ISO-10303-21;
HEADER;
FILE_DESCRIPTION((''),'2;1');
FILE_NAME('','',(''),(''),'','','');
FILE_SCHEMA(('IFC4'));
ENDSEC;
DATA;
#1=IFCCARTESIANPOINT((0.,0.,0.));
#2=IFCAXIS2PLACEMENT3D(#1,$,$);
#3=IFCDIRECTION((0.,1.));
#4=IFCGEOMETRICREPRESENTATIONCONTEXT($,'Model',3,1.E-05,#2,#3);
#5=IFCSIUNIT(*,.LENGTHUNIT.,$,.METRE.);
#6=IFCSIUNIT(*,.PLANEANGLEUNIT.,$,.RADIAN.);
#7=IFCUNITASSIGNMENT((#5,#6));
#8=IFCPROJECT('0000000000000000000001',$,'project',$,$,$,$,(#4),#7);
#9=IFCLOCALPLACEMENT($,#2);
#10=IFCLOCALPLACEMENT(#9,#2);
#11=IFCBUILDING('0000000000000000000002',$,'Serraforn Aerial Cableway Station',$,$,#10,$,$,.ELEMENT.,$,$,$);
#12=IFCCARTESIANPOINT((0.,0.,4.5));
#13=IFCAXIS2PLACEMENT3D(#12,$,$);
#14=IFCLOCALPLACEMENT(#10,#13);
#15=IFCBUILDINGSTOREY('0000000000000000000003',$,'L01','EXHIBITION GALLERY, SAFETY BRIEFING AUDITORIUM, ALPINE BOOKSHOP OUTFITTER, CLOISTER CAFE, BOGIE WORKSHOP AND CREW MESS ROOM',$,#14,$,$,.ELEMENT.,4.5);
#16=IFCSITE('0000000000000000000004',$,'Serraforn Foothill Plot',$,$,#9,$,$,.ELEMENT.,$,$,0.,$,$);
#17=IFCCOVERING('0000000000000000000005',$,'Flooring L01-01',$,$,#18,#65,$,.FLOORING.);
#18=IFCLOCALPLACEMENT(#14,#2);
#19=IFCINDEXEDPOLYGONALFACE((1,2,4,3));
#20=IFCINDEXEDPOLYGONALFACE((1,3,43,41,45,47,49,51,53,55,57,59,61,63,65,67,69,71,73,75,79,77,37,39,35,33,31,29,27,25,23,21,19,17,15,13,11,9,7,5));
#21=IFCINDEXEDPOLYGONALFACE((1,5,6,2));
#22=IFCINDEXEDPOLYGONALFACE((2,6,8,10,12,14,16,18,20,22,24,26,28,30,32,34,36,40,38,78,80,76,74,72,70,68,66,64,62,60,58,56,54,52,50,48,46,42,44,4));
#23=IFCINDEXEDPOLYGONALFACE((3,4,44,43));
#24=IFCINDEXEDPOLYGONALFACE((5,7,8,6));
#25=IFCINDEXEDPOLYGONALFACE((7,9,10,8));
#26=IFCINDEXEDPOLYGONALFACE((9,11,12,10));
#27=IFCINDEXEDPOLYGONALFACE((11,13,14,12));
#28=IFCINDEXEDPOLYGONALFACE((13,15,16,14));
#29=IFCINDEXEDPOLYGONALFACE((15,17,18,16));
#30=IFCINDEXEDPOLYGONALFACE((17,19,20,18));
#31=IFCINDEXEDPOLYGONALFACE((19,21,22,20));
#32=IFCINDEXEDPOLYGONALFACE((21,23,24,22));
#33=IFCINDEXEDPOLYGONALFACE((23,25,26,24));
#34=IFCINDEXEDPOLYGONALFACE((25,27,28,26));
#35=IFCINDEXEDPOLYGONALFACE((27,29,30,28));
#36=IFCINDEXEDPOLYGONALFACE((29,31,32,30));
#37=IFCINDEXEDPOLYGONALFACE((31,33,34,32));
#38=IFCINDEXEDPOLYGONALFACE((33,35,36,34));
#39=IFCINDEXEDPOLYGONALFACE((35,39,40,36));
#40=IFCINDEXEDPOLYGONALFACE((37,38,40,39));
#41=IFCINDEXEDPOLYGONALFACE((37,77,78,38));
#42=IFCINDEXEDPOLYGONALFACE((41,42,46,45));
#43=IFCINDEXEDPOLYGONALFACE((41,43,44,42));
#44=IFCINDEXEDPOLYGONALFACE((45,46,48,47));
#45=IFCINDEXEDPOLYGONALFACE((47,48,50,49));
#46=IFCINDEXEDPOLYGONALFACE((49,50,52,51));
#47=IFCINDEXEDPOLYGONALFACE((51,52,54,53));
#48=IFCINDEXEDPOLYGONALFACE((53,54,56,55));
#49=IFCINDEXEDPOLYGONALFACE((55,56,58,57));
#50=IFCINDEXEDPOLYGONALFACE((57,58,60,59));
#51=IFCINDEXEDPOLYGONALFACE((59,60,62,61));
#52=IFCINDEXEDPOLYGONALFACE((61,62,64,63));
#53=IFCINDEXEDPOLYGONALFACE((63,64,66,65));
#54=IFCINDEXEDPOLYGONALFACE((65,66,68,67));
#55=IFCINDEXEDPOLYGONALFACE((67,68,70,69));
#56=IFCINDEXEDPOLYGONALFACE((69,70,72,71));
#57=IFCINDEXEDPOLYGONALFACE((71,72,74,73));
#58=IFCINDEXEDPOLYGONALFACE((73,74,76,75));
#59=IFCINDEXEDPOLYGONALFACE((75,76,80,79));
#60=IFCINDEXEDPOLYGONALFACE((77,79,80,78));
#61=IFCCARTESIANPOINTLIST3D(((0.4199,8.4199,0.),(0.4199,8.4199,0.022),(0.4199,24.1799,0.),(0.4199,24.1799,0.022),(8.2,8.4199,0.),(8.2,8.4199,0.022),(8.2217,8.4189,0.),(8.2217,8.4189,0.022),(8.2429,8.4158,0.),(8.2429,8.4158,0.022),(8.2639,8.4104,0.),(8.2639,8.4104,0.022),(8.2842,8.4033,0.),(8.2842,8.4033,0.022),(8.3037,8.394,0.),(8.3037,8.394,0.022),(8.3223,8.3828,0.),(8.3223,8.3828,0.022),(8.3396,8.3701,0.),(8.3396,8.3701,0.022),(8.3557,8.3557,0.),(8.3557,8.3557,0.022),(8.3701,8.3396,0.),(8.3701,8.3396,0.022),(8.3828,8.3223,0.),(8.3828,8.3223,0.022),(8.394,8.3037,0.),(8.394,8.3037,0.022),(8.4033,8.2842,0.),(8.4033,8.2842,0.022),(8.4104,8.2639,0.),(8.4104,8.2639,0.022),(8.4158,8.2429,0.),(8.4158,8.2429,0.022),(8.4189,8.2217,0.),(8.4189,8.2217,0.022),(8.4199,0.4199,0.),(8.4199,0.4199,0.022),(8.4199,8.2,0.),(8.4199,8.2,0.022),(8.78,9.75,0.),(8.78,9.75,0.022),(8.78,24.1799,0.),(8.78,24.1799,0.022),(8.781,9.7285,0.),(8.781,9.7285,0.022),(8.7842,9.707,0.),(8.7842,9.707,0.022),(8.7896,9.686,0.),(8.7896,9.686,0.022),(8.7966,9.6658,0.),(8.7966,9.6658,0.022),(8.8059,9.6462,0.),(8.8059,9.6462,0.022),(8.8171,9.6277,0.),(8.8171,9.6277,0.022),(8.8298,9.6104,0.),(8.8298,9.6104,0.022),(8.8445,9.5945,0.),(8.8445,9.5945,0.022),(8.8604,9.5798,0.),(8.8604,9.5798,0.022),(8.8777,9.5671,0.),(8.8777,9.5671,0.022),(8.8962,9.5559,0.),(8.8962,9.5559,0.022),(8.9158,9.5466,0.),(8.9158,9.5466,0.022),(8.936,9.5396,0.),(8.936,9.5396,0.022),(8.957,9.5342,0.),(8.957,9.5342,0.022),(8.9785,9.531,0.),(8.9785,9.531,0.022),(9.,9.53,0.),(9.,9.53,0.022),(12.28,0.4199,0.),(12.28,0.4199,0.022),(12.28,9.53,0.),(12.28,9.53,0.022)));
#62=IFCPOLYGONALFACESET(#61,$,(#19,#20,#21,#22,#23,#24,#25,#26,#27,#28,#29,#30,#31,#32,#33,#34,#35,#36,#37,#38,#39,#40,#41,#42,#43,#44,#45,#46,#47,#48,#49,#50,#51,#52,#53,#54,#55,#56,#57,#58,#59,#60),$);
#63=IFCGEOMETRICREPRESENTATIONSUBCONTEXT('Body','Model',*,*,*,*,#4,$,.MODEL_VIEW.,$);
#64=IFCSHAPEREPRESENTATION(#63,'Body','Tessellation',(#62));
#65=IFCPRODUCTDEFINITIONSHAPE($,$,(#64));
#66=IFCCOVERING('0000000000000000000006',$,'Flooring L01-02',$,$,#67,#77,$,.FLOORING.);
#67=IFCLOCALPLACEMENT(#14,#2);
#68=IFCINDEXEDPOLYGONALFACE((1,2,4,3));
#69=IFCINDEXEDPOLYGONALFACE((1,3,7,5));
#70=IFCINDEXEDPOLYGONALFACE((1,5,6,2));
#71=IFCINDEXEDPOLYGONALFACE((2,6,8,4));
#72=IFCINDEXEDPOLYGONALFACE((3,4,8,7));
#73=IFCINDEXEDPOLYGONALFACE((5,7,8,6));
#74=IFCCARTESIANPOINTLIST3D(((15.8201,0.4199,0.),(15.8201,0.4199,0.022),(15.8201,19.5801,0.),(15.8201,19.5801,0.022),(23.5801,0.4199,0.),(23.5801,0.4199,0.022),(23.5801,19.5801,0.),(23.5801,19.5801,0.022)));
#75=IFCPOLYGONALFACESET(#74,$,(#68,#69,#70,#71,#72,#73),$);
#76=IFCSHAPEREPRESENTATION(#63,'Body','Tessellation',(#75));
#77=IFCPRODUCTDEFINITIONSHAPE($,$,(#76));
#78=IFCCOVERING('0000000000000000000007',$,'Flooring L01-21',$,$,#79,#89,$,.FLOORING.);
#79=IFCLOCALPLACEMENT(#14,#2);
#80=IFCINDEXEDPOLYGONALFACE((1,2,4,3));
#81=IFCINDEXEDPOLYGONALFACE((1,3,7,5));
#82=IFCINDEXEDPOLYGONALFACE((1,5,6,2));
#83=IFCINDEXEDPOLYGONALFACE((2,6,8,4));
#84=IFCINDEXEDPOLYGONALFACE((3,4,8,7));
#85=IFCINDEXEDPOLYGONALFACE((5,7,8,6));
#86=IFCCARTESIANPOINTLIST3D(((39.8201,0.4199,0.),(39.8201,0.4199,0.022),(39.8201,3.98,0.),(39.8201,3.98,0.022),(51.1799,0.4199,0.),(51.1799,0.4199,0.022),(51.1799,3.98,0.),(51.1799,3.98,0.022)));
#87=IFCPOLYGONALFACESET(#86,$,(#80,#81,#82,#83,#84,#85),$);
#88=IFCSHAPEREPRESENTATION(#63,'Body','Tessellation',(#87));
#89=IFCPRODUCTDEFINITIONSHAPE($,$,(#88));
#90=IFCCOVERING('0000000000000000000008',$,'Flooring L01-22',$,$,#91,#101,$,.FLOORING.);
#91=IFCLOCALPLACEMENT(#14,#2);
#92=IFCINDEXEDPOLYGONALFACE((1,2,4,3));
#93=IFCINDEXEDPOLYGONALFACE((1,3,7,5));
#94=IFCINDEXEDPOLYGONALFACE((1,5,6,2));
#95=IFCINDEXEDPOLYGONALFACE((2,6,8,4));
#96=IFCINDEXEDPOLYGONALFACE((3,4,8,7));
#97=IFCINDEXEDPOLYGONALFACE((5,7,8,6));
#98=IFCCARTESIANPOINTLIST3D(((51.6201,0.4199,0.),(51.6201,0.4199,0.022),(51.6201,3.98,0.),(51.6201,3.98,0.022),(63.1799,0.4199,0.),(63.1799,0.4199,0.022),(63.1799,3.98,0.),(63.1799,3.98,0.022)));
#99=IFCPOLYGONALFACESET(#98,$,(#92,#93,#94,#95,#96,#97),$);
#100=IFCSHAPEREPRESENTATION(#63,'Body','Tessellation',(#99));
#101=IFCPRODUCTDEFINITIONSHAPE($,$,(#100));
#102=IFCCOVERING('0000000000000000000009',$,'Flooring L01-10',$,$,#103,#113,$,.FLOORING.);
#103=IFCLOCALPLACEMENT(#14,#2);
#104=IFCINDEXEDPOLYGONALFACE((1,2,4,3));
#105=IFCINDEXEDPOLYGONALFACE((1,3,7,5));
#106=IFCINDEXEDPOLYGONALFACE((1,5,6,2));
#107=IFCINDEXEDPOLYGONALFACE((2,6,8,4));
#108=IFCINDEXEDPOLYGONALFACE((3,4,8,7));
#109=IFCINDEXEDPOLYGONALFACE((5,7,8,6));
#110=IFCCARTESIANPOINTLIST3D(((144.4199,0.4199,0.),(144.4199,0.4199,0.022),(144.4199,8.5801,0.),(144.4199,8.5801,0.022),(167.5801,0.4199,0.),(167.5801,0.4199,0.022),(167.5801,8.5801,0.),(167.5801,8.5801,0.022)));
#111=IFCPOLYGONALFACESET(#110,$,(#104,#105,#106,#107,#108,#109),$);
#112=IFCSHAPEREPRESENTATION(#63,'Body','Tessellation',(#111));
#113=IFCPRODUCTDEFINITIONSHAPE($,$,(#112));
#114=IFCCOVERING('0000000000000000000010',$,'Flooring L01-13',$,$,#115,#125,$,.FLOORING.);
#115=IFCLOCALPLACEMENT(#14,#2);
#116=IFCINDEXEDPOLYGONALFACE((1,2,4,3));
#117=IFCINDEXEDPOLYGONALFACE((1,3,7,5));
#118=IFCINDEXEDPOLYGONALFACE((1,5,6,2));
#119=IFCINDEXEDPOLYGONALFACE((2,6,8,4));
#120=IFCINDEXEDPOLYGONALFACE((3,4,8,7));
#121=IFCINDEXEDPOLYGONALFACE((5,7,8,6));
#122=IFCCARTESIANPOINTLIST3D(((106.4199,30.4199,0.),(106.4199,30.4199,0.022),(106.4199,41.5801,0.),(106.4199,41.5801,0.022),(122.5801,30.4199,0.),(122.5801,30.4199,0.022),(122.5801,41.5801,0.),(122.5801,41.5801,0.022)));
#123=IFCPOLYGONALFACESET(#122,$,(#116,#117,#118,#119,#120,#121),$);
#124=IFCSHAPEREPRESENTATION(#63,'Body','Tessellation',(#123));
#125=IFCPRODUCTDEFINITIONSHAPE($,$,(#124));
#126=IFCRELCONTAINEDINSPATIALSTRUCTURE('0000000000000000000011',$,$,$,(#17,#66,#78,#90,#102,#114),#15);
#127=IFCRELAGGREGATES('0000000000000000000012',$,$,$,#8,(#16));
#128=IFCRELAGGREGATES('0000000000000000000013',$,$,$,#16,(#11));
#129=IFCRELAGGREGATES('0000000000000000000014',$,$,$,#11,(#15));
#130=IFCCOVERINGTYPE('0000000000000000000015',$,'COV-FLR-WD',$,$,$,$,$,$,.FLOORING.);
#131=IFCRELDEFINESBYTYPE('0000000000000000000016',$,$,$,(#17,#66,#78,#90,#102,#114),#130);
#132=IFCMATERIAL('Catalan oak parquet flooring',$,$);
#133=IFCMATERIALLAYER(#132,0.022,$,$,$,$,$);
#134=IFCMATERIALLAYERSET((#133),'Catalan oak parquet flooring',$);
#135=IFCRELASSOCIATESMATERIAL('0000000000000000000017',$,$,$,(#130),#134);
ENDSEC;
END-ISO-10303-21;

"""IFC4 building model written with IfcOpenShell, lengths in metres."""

from ifc_helpers import new_model, si_unit, direction, frame, origin, place, context, subcontext, project, spatial, polyline, outline, extrude, material, layer, layer_set, type_object, element, save


model = new_model("IFC4")

# Units and contexts
model_context = context("Model", 3, precision=1e-05, world=origin(), true_north=direction((0.0, 1.0)))
body_context = subcontext(model_context, "Body", "Model", "MODEL_VIEW")
ifc_project = project(units=[si_unit("LENGTHUNIT", "METRE"), si_unit("PLANEANGLEUNIT", "RADIAN")], contexts=[model_context])

# Site, building, storey
site_placement = place(None, origin())
site = spatial("IfcSite", under=ifc_project, at=site_placement, Name="Serraforn Foothill Plot", CompositionType="ELEMENT", RefElevation=0.0)
building_placement = place(site_placement, origin())
building = spatial("IfcBuilding", under=site, at=building_placement, Name="Serraforn Aerial Cableway Station", CompositionType="ELEMENT")
storey_placement = place(building_placement, frame((0.0, 0.0, 4.5)))
storey = spatial("IfcBuildingStorey", under=building, at=storey_placement, Name="L01", Description="EXHIBITION GALLERY, SAFETY BRIEFING AUDITORIUM, ALPINE BOOKSHOP OUTFITTER, CLOISTER CAFE, BOGIE WORKSHOP AND CREW MESS ROOM", CompositionType="ELEMENT", Elevation=4.5)

# Coverings
ifc_material_1 = material(Name="Catalan oak parquet flooring")
ifc_layer_1 = layer(ifc_material_1, 0.022)
ifc_layer_set_1 = layer_set([ifc_layer_1], Name="Catalan oak parquet flooring")
covering_type_1 = type_object("IfcCoveringType", Name="COV-FLR-WD", PredefinedType="FLOORING", material=ifc_layer_set_1)
covering_1_placement = place(storey_placement, origin())
element("IfcCovering", 1, at=covering_1_placement, inside=storey, type_object=covering_type_1, Name="Flooring L01-01", PredefinedType="FLOORING", context=body_context, shape_type="SweptSolid", body=[
    extrude(outline(polyline([(12.28, 0.4199), (8.4199, 0.4199), (8.4199, 8.2), (8.4189, 8.2217), (8.4158, 8.2429), (8.4104, 8.2639), (8.4033, 8.2842), (8.394, 8.3037), (8.3828, 8.3223), (8.3701, 8.3396), (8.3557, 8.3557), (8.3396, 8.3701), (8.3223, 8.3828), (8.3037, 8.394), (8.2842, 8.4033), (8.2639, 8.4104), (8.2429, 8.4158), (8.2217, 8.4189), (8.2, 8.4199), (0.4199, 8.4199), (0.4199, 24.1799), (8.78, 24.1799), (8.78, 9.75), (8.781, 9.7285), (8.7842, 9.707), (8.7896, 9.686), (8.7966, 9.6658), (8.8059, 9.6462), (8.8171, 9.6277), (8.8298, 9.6104), (8.8445, 9.5945), (8.8604, 9.5798), (8.8777, 9.5671), (8.8962, 9.5559), (8.9158, 9.5466), (8.936, 9.5396), (8.957, 9.5342), (8.9785, 9.531), (9.0, 9.53), (12.28, 9.53), (12.28, 0.4199)])), origin(), (0.0, 0.0, 1.0), 0.022),
])
covering_2_placement = place(storey_placement, origin())
element("IfcCovering", 2, at=covering_2_placement, inside=storey, type_object=covering_type_1, Name="Flooring L01-02", PredefinedType="FLOORING", context=body_context, shape_type="SweptSolid", body=[
    extrude(outline(polyline([(15.8201, 0.4199), (15.8201, 19.5801), (23.5801, 19.5801), (23.5801, 0.4199), (15.8201, 0.4199)])), origin(), (0.0, 0.0, 1.0), 0.022),
])
covering_3_placement = place(storey_placement, origin())
element("IfcCovering", 3, at=covering_3_placement, inside=storey, type_object=covering_type_1, Name="Flooring L01-21", PredefinedType="FLOORING", context=body_context, shape_type="SweptSolid", body=[
    extrude(outline(polyline([(39.8201, 0.4199), (39.8201, 3.98), (51.1799, 3.98), (51.1799, 0.4199), (39.8201, 0.4199)])), origin(), (0.0, 0.0, 1.0), 0.022),
])
covering_4_placement = place(storey_placement, origin())
element("IfcCovering", 4, at=covering_4_placement, inside=storey, type_object=covering_type_1, Name="Flooring L01-22", PredefinedType="FLOORING", context=body_context, shape_type="SweptSolid", body=[
    extrude(outline(polyline([(51.6201, 0.4199), (51.6201, 3.98), (63.1799, 3.98), (63.1799, 0.4199), (51.6201, 0.4199)])), origin(), (0.0, 0.0, 1.0), 0.022),
])
covering_5_placement = place(storey_placement, origin())
element("IfcCovering", 5, at=covering_5_placement, inside=storey, type_object=covering_type_1, Name="Flooring L01-10", PredefinedType="FLOORING", context=body_context, shape_type="SweptSolid", body=[
    extrude(outline(polyline([(144.4199, 0.4199), (144.4199, 8.5801), (167.5801, 8.5801), (167.5801, 0.4199), (144.4199, 0.4199)])), origin(), (0.0, 0.0, 1.0), 0.022),
])
covering_6_placement = place(storey_placement, origin())
element("IfcCovering", 6, at=covering_6_placement, inside=storey, type_object=covering_type_1, Name="Flooring L01-13", PredefinedType="FLOORING", context=body_context, shape_type="SweptSolid", body=[
    extrude(outline(polyline([(106.4199, 30.4199), (106.4199, 41.5801), (122.5801, 41.5801), (122.5801, 30.4199), (106.4199, 30.4199)])), origin(), (0.0, 0.0, 1.0), 0.022),
])

save(model, "model.ifc")
